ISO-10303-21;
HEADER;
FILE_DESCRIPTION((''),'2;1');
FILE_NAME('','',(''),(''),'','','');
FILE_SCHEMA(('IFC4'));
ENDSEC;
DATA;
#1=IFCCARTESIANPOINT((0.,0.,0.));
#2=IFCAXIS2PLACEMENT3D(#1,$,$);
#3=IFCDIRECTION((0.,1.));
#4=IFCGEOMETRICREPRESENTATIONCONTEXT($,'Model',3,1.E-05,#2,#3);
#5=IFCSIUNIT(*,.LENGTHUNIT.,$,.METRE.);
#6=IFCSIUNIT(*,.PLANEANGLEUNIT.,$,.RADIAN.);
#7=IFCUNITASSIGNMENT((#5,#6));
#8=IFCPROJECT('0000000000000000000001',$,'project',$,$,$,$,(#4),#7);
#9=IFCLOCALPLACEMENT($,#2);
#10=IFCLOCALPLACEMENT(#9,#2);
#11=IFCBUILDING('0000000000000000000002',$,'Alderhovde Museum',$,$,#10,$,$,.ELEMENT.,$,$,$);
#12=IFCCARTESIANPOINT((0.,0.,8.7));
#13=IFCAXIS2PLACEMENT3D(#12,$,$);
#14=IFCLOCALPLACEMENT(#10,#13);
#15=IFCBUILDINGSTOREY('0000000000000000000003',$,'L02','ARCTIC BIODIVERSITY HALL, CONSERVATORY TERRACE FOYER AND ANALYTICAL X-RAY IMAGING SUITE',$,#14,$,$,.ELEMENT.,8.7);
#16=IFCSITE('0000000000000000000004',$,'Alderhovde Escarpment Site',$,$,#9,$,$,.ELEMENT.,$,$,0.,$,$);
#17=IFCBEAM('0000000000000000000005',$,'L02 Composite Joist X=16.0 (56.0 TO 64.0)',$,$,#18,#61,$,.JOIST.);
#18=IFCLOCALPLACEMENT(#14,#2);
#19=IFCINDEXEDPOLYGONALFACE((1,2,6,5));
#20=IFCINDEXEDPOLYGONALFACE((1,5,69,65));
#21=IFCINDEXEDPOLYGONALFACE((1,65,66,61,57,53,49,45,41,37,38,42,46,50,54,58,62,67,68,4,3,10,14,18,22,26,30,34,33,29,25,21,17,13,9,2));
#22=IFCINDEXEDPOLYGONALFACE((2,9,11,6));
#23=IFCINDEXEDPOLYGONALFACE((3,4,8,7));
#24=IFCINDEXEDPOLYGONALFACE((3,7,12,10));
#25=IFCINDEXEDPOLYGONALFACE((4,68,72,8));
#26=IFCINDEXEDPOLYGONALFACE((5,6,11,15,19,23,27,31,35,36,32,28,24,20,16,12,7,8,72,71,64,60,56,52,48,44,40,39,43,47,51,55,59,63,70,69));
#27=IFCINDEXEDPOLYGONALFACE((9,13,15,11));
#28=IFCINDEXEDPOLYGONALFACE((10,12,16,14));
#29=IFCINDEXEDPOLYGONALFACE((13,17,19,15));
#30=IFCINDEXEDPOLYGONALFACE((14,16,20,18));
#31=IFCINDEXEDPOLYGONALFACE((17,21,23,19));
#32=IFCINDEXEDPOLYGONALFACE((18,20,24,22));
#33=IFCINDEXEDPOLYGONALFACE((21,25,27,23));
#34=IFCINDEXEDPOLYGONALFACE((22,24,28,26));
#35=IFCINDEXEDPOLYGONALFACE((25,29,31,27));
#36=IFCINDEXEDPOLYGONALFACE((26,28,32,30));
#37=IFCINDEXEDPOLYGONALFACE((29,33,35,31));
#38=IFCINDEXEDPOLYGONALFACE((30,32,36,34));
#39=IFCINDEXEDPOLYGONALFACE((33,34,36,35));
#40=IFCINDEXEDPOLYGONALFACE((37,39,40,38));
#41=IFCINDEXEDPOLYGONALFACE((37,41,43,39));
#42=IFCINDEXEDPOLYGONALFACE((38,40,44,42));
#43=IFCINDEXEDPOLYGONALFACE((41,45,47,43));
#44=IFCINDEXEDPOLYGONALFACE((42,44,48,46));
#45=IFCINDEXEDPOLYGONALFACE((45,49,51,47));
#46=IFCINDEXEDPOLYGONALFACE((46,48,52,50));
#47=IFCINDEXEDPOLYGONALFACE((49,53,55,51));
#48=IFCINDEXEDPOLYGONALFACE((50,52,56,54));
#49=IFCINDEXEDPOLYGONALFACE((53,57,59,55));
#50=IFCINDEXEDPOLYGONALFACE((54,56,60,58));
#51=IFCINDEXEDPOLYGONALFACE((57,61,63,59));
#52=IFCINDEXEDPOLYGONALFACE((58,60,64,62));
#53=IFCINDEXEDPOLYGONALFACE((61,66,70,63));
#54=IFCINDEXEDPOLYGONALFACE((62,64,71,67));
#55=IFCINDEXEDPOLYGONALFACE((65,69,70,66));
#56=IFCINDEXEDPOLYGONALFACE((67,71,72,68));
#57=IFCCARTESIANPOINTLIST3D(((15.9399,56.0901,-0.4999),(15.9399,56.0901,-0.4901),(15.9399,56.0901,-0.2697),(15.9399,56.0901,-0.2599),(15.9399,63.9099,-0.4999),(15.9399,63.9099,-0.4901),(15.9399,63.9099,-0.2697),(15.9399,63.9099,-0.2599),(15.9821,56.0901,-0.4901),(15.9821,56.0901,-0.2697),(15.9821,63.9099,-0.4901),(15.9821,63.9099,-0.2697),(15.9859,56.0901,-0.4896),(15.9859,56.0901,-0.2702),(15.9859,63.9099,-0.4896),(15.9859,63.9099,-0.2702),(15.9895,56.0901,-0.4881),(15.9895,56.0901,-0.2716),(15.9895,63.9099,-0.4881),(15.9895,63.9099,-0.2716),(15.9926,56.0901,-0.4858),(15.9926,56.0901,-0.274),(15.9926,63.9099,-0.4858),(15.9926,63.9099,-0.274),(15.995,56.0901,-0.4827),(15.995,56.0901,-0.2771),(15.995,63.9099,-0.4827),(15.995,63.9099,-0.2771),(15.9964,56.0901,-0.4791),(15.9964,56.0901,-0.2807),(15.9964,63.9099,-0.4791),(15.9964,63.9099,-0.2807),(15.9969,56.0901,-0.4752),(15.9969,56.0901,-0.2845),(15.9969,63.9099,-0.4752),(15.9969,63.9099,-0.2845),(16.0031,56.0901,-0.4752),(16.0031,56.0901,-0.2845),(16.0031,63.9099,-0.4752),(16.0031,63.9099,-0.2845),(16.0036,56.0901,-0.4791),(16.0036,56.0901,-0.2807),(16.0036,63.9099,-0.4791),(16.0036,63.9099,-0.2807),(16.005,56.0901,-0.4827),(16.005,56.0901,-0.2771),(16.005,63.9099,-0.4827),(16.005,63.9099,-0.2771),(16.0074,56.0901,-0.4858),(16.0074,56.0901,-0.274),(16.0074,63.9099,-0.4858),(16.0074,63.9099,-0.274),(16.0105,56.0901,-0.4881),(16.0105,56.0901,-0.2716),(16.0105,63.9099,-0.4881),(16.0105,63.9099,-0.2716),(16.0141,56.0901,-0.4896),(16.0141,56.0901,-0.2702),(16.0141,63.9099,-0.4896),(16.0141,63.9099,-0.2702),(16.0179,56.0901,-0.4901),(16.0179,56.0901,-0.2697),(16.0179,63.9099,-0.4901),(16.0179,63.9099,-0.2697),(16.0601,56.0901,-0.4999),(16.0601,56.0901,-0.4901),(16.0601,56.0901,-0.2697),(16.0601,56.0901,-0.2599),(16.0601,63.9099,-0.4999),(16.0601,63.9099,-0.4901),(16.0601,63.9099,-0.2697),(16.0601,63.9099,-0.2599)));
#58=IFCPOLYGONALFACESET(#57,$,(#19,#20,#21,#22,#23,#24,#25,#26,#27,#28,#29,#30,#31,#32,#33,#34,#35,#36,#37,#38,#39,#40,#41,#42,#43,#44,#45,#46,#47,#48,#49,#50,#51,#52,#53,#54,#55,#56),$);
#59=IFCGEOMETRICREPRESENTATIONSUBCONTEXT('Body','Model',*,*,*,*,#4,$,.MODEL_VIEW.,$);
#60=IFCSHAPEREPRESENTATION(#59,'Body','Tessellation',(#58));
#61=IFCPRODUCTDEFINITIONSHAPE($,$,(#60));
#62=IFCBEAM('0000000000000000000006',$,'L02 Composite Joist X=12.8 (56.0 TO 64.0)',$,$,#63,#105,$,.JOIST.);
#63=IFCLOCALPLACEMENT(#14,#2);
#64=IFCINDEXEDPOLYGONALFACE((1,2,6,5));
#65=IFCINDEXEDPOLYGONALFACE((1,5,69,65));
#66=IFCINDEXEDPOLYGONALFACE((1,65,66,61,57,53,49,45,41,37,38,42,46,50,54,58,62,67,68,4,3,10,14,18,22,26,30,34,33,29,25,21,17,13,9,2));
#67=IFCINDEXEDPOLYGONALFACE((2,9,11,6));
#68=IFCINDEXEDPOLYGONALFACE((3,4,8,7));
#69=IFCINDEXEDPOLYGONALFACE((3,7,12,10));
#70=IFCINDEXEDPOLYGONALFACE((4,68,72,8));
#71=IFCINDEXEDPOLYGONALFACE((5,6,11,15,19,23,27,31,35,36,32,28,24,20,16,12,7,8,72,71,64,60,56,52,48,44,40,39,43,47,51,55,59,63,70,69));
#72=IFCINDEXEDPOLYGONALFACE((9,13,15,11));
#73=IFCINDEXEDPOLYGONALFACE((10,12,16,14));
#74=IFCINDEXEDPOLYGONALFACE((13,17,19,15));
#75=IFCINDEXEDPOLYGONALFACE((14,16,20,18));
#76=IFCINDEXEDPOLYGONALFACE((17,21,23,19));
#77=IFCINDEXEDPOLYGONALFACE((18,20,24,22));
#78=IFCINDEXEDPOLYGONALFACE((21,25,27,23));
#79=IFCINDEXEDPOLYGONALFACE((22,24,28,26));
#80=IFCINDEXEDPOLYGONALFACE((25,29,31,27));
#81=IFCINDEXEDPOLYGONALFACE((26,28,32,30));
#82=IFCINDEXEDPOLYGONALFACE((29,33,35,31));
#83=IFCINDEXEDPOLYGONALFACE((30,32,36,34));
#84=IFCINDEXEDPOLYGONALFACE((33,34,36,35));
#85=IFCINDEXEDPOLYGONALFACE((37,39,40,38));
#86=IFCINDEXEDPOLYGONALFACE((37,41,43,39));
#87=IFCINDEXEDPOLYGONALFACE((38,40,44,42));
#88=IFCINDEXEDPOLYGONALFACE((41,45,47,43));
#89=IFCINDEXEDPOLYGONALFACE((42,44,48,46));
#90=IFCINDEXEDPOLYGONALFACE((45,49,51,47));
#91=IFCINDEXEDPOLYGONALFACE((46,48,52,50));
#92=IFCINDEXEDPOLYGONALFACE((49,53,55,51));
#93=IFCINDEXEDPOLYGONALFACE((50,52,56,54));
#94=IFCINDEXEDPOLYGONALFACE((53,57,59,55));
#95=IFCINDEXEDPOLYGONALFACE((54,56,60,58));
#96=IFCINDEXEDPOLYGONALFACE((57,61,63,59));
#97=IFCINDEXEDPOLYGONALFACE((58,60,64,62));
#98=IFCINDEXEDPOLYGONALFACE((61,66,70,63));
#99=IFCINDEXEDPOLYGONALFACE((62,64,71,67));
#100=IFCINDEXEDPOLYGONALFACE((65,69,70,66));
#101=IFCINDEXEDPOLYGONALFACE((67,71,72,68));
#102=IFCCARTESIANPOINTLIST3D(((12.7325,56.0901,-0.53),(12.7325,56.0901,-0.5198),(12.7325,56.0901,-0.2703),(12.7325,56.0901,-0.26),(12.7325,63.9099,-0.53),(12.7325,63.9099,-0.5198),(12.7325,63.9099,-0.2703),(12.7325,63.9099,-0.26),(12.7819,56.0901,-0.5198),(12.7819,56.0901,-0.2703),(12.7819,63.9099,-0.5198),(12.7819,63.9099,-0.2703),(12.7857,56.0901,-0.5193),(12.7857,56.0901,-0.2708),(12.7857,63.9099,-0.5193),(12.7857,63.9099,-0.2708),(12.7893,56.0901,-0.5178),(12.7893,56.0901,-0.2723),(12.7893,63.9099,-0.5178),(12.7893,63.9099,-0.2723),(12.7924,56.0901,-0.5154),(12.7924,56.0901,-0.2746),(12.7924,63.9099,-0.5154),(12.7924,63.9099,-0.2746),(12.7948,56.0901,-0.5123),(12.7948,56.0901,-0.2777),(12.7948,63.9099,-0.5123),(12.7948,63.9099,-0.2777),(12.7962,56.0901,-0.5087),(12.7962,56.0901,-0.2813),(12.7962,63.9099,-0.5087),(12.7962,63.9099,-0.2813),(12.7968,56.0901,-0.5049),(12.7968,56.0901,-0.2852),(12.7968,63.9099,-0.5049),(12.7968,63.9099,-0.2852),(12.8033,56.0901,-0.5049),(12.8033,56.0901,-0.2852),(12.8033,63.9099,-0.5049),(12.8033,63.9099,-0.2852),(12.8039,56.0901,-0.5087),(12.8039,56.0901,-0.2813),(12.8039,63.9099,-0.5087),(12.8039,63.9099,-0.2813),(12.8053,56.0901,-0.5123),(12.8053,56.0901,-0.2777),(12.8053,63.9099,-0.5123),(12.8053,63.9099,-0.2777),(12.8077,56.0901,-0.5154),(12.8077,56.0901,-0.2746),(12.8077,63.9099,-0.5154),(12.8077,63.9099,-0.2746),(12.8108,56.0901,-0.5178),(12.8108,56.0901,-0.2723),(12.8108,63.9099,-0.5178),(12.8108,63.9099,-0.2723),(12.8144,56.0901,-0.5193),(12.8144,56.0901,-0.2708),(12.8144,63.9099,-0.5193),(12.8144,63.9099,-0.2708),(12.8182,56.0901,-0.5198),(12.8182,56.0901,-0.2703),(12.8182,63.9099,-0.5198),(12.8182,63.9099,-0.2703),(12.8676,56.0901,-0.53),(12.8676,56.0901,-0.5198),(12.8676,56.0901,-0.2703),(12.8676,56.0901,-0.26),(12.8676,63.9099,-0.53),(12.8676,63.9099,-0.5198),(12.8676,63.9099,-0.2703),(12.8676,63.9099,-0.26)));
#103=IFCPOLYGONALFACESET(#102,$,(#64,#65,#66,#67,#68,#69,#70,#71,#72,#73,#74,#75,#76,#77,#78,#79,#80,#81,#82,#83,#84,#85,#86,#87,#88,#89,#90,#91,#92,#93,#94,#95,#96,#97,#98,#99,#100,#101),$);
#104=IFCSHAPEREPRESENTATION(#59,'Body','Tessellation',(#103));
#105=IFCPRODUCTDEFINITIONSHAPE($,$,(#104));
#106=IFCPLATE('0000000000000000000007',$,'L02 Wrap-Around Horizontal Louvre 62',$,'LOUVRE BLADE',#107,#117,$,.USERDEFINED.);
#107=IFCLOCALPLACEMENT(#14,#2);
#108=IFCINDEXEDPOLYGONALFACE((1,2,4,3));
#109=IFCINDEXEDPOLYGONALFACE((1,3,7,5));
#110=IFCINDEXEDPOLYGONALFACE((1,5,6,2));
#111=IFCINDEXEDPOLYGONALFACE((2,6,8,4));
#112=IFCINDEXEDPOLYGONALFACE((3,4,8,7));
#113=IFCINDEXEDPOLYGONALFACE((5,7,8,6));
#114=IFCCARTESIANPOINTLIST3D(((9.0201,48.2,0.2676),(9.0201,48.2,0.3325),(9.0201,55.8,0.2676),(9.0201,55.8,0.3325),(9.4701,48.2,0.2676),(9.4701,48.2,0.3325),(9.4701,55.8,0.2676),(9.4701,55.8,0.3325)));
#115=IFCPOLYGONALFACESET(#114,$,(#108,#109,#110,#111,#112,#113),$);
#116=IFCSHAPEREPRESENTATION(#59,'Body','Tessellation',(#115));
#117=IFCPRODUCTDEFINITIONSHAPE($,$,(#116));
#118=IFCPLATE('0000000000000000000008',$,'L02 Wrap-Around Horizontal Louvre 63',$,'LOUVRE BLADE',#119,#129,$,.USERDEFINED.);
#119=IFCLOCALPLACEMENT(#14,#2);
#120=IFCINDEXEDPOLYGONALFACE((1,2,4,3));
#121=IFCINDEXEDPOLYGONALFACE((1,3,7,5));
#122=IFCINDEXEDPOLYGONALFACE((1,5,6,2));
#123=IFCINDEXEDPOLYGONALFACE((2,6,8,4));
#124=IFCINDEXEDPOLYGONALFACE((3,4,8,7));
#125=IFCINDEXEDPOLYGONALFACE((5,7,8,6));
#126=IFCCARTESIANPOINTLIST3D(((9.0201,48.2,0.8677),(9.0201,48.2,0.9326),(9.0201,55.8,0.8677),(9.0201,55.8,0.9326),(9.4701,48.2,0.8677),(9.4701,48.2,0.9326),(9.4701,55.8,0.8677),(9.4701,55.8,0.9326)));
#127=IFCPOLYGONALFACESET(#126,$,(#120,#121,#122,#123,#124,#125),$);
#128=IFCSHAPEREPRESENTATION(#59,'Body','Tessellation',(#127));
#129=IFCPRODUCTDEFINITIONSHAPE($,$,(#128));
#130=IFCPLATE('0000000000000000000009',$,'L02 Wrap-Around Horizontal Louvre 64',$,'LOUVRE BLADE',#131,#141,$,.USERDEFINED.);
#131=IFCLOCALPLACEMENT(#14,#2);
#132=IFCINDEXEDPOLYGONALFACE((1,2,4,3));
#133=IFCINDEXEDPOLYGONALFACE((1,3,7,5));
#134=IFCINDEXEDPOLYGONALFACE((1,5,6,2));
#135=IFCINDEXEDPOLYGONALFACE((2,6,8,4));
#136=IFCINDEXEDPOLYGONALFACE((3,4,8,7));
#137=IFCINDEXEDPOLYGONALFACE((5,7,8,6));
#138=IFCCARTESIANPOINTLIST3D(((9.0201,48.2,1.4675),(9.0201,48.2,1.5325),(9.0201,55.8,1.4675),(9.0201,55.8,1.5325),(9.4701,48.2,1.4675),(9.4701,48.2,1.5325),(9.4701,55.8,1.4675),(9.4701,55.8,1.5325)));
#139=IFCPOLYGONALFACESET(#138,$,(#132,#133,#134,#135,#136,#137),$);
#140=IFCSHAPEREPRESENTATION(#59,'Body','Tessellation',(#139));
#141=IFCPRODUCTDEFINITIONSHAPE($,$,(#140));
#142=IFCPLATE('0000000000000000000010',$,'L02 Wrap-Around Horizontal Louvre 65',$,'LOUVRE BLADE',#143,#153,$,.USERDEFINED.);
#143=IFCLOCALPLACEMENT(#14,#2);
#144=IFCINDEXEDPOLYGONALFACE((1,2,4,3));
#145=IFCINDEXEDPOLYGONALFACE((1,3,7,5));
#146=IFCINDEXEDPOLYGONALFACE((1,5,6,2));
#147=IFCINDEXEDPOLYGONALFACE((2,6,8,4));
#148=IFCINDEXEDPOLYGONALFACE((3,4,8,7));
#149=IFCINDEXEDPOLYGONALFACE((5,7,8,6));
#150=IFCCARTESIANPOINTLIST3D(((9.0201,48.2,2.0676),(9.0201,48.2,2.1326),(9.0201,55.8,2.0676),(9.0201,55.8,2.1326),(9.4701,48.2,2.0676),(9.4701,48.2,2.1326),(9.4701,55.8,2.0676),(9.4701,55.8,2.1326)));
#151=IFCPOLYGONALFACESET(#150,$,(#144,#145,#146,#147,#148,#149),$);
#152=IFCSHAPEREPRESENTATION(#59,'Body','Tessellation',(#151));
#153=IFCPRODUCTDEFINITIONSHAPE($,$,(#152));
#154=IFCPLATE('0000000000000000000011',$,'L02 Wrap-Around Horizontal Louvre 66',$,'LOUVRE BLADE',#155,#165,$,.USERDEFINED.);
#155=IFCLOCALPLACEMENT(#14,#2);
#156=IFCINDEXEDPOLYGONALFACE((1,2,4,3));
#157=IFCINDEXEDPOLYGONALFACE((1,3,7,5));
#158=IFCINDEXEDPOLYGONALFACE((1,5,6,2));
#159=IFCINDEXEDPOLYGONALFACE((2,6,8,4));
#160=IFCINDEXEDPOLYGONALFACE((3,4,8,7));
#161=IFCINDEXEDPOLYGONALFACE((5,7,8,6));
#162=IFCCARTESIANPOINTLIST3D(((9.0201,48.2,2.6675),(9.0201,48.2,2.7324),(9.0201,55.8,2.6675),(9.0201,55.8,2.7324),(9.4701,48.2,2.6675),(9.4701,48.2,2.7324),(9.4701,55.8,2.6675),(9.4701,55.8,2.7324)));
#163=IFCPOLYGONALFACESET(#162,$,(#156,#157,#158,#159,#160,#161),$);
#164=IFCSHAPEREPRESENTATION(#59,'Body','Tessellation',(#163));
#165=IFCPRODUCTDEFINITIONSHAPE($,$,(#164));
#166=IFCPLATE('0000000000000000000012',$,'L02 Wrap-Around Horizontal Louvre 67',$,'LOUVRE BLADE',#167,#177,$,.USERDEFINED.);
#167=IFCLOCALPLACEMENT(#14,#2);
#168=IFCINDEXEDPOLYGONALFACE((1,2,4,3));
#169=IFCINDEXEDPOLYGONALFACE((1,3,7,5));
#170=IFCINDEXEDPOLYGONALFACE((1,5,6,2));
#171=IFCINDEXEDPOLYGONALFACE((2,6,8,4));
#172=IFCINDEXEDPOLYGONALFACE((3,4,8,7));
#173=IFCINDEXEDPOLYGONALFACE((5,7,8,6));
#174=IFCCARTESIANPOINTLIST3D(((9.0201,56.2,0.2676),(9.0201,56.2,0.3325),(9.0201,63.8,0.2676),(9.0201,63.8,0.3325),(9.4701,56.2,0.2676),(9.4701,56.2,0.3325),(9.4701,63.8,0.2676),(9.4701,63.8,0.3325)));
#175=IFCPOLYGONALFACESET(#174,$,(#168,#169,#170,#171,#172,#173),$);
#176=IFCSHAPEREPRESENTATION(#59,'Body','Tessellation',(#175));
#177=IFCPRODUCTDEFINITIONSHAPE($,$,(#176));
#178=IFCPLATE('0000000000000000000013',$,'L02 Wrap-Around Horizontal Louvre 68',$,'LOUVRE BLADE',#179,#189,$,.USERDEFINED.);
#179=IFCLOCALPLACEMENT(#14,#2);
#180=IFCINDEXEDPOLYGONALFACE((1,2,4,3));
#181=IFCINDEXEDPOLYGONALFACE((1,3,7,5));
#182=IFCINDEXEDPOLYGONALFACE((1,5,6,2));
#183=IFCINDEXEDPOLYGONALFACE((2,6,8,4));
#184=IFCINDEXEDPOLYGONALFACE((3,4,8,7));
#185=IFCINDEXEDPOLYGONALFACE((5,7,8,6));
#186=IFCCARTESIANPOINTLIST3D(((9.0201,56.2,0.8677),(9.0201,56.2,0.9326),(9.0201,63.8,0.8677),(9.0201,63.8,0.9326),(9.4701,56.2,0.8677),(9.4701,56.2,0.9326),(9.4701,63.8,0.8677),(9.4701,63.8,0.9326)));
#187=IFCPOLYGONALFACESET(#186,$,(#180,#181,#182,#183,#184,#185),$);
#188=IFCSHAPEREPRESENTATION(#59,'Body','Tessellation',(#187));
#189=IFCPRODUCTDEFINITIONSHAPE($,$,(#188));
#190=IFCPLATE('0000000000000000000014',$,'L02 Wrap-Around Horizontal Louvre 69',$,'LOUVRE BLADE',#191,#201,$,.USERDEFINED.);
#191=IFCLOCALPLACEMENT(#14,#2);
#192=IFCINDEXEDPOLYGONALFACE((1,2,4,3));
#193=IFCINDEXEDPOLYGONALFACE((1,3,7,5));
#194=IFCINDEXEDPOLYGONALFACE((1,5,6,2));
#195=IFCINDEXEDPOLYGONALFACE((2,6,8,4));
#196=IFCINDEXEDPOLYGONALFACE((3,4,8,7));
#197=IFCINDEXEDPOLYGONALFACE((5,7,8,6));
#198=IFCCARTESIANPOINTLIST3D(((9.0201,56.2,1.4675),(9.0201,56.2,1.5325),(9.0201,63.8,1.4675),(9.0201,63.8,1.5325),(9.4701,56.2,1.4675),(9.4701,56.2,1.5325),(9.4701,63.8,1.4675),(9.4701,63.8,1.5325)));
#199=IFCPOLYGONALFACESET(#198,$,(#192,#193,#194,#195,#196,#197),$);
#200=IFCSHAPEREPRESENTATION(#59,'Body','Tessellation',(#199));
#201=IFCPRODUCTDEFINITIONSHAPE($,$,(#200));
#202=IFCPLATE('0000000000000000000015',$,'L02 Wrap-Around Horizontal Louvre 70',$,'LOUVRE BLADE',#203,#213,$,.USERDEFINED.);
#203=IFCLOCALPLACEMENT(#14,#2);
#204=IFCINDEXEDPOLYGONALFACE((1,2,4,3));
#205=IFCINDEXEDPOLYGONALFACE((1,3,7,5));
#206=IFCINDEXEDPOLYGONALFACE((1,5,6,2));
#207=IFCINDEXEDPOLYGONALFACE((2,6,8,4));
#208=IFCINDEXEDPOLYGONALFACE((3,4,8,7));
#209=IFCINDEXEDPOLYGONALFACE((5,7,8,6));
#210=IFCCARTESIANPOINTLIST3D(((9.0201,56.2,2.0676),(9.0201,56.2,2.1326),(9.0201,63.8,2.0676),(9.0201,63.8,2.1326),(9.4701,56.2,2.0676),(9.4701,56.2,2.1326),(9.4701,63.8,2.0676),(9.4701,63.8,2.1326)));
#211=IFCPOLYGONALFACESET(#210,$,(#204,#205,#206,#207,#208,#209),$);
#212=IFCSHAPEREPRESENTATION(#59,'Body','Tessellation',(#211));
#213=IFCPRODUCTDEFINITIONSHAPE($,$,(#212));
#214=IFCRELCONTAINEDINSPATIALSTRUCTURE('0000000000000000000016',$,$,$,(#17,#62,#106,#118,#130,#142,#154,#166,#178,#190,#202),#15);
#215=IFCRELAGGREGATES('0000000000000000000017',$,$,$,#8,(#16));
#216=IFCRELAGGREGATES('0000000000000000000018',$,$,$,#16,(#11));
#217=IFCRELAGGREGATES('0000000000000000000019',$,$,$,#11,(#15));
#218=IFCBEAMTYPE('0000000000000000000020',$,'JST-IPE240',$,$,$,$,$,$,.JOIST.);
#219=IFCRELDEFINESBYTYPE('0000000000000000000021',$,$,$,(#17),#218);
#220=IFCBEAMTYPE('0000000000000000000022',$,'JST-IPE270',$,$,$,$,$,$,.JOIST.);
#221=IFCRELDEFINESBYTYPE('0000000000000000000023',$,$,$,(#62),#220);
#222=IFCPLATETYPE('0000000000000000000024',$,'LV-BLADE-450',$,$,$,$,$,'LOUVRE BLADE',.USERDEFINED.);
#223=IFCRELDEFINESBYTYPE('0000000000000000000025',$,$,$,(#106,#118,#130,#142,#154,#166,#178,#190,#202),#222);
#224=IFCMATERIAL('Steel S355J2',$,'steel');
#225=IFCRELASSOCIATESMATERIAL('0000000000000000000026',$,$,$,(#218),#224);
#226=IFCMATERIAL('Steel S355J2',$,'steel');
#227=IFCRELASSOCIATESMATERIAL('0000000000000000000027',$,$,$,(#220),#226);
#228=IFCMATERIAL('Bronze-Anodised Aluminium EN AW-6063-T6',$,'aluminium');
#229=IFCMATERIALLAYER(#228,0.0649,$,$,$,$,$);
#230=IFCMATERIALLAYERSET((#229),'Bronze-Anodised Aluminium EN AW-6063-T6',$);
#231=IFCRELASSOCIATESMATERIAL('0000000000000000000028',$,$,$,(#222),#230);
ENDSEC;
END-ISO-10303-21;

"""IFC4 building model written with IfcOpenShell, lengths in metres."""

from ifc_helpers import new_model, si_unit, direction, frame, origin, origin_2d, place, context, subcontext, project, spatial, rectangle, i_section, extrude, material, layer, layer_set, material_profile, profile_set, type_object, element, save


model = new_model("IFC4")

# Units and contexts
model_context = context("Model", 3, precision=1e-05, world=origin(), true_north=direction((0.0, 1.0)))
body_context = subcontext(model_context, "Body", "Model", "MODEL_VIEW")
ifc_project = project(units=[si_unit("LENGTHUNIT", "METRE"), si_unit("PLANEANGLEUNIT", "RADIAN")], contexts=[model_context])

# Site, building, storey
site_placement = place(None, origin())
site = spatial("IfcSite", under=ifc_project, at=site_placement, Name="Alderhovde Escarpment Site", CompositionType="ELEMENT", RefElevation=0.0)
building_placement = place(site_placement, origin())
building = spatial("IfcBuilding", under=site, at=building_placement, Name="Alderhovde Museum", CompositionType="ELEMENT")
storey_placement = place(building_placement, frame((0.0, 0.0, 8.7)))
storey = spatial("IfcBuildingStorey", under=building, at=storey_placement, Name="L02", Description="ARCTIC BIODIVERSITY HALL, CONSERVATORY TERRACE FOYER AND ANALYTICAL X-RAY IMAGING SUITE", CompositionType="ELEMENT", Elevation=8.7)

# Beams
ifc_material_1 = material(Name="Steel S355J2", Category="steel")
ifc_material_profile_1 = material_profile(ifc_material_1, i_section(OverallWidth=0.1201, OverallDepth=0.24, WebThickness=0.0061, FlangeThickness=0.0098, FilletRadius=0.0149, at=origin_2d()), Name="IPE 240")
ifc_profile_set_1 = profile_set([ifc_material_profile_1], Name="Steel S355J2")
beam_type_1 = type_object("IfcBeamType", Name="JST-IPE240", PredefinedType="JOIST", material=ifc_profile_set_1)
beam_1_placement = place(storey_placement, frame((16.0, 56.0901, -0.3799), z_axis=(0.0, 1.0, 0.0), x_axis=(-1.0, 0.0, 0.0)))
element("IfcBeam", 1, at=beam_1_placement, inside=storey, type_object=beam_type_1, Name="L02 Composite Joist X=16.0 (56.0 TO 64.0)", PredefinedType="JOIST", context=body_context, shape_type="SweptSolid", body=[
    extrude(i_section(OverallWidth=0.1201, OverallDepth=0.24, WebThickness=0.0061, FlangeThickness=0.0098, FilletRadius=0.0149, at=origin_2d()), origin(), (0.0, 0.0, 1.0), 7.8198),
])
ifc_material_2 = material(Name="Steel S355J2", Category="steel")
ifc_material_profile_2 = material_profile(ifc_material_2, i_section(OverallWidth=0.135, OverallDepth=0.27, WebThickness=0.0066, FlangeThickness=0.0103, FilletRadius=0.0149, at=origin_2d()), Name="IPE 270")
ifc_profile_set_2 = profile_set([ifc_material_profile_2], Name="Steel S355J2")
beam_type_2 = type_object("IfcBeamType", Name="JST-IPE270", PredefinedType="JOIST", material=ifc_profile_set_2)
beam_2_placement = place(storey_placement, frame((12.8, 56.0901, -0.395), z_axis=(0.0, 1.0, 0.0), x_axis=(-1.0, 0.0, 0.0)))
element("IfcBeam", 2, at=beam_2_placement, inside=storey, type_object=beam_type_2, Name="L02 Composite Joist X=12.8 (56.0 TO 64.0)", PredefinedType="JOIST", context=body_context, shape_type="SweptSolid", body=[
    extrude(i_section(OverallWidth=0.135, OverallDepth=0.27, WebThickness=0.0066, FlangeThickness=0.0103, FilletRadius=0.0149, at=origin_2d()), origin(), (0.0, 0.0, 1.0), 7.8198),
])

# Plates
ifc_material_3 = material(Name="Bronze-Anodised Aluminium EN AW-6063-T6", Category="aluminium")
ifc_layer_1 = layer(ifc_material_3, 0.0649)
ifc_layer_set_1 = layer_set([ifc_layer_1], Name="Bronze-Anodised Aluminium EN AW-6063-T6")
plate_type_1 = type_object("IfcPlateType", Name="LV-BLADE-450", ElementType="LOUVRE BLADE", PredefinedType="USERDEFINED", material=ifc_layer_set_1)
for number, where, z_axis, x_axis, name in (
    (3, (9.2451, 52.0, 0.2676), (0.0, 0.0, 1.0), (0.0, 1.0, 0.0), "L02 Wrap-Around Horizontal Louvre 62"),
    (4, (9.2451, 52.0, 0.8677), (0.0, 0.0, 1.0), (0.0, 1.0, 0.0), "L02 Wrap-Around Horizontal Louvre 63"),
    (5, (9.2451, 52.0, 1.4675), (0.0, 0.0, 1.0), (0.0, 1.0, 0.0), "L02 Wrap-Around Horizontal Louvre 64"),
    (6, (9.2451, 52.0, 2.0676), (0.0, 0.0, 1.0), (0.0, 1.0, 0.0), "L02 Wrap-Around Horizontal Louvre 65"),
    (7, (9.2451, 52.0, 2.6675), (0.0, 0.0, 1.0), (0.0, 1.0, 0.0), "L02 Wrap-Around Horizontal Louvre 66"),
    (8, (9.2451, 60.0, 0.2676), (0.0, 0.0, 1.0), (0.0, 1.0, 0.0), "L02 Wrap-Around Horizontal Louvre 67"),
    (9, (9.2451, 60.0, 0.8677), (0.0, 0.0, 1.0), (0.0, 1.0, 0.0), "L02 Wrap-Around Horizontal Louvre 68"),
    (10, (9.2451, 60.0, 1.4675), (0.0, 0.0, 1.0), (0.0, 1.0, 0.0), "L02 Wrap-Around Horizontal Louvre 69"),
    (11, (9.2451, 60.0, 2.0676), (0.0, 0.0, 1.0), (0.0, 1.0, 0.0), "L02 Wrap-Around Horizontal Louvre 70"),
):
    element("IfcPlate", number, at=place(storey_placement, frame(where, z_axis=z_axis, x_axis=x_axis)), inside=storey, type_object=plate_type_1, Name=name, ObjectType="LOUVRE BLADE", PredefinedType="USERDEFINED", context=body_context, shape_type="SweptSolid", body=[
        extrude(rectangle(XDim=7.6001, YDim=0.45, at=origin_2d()), origin(), (0.0, 0.0, 1.0), 0.0649),
    ])

save(model, "model.ifc")
